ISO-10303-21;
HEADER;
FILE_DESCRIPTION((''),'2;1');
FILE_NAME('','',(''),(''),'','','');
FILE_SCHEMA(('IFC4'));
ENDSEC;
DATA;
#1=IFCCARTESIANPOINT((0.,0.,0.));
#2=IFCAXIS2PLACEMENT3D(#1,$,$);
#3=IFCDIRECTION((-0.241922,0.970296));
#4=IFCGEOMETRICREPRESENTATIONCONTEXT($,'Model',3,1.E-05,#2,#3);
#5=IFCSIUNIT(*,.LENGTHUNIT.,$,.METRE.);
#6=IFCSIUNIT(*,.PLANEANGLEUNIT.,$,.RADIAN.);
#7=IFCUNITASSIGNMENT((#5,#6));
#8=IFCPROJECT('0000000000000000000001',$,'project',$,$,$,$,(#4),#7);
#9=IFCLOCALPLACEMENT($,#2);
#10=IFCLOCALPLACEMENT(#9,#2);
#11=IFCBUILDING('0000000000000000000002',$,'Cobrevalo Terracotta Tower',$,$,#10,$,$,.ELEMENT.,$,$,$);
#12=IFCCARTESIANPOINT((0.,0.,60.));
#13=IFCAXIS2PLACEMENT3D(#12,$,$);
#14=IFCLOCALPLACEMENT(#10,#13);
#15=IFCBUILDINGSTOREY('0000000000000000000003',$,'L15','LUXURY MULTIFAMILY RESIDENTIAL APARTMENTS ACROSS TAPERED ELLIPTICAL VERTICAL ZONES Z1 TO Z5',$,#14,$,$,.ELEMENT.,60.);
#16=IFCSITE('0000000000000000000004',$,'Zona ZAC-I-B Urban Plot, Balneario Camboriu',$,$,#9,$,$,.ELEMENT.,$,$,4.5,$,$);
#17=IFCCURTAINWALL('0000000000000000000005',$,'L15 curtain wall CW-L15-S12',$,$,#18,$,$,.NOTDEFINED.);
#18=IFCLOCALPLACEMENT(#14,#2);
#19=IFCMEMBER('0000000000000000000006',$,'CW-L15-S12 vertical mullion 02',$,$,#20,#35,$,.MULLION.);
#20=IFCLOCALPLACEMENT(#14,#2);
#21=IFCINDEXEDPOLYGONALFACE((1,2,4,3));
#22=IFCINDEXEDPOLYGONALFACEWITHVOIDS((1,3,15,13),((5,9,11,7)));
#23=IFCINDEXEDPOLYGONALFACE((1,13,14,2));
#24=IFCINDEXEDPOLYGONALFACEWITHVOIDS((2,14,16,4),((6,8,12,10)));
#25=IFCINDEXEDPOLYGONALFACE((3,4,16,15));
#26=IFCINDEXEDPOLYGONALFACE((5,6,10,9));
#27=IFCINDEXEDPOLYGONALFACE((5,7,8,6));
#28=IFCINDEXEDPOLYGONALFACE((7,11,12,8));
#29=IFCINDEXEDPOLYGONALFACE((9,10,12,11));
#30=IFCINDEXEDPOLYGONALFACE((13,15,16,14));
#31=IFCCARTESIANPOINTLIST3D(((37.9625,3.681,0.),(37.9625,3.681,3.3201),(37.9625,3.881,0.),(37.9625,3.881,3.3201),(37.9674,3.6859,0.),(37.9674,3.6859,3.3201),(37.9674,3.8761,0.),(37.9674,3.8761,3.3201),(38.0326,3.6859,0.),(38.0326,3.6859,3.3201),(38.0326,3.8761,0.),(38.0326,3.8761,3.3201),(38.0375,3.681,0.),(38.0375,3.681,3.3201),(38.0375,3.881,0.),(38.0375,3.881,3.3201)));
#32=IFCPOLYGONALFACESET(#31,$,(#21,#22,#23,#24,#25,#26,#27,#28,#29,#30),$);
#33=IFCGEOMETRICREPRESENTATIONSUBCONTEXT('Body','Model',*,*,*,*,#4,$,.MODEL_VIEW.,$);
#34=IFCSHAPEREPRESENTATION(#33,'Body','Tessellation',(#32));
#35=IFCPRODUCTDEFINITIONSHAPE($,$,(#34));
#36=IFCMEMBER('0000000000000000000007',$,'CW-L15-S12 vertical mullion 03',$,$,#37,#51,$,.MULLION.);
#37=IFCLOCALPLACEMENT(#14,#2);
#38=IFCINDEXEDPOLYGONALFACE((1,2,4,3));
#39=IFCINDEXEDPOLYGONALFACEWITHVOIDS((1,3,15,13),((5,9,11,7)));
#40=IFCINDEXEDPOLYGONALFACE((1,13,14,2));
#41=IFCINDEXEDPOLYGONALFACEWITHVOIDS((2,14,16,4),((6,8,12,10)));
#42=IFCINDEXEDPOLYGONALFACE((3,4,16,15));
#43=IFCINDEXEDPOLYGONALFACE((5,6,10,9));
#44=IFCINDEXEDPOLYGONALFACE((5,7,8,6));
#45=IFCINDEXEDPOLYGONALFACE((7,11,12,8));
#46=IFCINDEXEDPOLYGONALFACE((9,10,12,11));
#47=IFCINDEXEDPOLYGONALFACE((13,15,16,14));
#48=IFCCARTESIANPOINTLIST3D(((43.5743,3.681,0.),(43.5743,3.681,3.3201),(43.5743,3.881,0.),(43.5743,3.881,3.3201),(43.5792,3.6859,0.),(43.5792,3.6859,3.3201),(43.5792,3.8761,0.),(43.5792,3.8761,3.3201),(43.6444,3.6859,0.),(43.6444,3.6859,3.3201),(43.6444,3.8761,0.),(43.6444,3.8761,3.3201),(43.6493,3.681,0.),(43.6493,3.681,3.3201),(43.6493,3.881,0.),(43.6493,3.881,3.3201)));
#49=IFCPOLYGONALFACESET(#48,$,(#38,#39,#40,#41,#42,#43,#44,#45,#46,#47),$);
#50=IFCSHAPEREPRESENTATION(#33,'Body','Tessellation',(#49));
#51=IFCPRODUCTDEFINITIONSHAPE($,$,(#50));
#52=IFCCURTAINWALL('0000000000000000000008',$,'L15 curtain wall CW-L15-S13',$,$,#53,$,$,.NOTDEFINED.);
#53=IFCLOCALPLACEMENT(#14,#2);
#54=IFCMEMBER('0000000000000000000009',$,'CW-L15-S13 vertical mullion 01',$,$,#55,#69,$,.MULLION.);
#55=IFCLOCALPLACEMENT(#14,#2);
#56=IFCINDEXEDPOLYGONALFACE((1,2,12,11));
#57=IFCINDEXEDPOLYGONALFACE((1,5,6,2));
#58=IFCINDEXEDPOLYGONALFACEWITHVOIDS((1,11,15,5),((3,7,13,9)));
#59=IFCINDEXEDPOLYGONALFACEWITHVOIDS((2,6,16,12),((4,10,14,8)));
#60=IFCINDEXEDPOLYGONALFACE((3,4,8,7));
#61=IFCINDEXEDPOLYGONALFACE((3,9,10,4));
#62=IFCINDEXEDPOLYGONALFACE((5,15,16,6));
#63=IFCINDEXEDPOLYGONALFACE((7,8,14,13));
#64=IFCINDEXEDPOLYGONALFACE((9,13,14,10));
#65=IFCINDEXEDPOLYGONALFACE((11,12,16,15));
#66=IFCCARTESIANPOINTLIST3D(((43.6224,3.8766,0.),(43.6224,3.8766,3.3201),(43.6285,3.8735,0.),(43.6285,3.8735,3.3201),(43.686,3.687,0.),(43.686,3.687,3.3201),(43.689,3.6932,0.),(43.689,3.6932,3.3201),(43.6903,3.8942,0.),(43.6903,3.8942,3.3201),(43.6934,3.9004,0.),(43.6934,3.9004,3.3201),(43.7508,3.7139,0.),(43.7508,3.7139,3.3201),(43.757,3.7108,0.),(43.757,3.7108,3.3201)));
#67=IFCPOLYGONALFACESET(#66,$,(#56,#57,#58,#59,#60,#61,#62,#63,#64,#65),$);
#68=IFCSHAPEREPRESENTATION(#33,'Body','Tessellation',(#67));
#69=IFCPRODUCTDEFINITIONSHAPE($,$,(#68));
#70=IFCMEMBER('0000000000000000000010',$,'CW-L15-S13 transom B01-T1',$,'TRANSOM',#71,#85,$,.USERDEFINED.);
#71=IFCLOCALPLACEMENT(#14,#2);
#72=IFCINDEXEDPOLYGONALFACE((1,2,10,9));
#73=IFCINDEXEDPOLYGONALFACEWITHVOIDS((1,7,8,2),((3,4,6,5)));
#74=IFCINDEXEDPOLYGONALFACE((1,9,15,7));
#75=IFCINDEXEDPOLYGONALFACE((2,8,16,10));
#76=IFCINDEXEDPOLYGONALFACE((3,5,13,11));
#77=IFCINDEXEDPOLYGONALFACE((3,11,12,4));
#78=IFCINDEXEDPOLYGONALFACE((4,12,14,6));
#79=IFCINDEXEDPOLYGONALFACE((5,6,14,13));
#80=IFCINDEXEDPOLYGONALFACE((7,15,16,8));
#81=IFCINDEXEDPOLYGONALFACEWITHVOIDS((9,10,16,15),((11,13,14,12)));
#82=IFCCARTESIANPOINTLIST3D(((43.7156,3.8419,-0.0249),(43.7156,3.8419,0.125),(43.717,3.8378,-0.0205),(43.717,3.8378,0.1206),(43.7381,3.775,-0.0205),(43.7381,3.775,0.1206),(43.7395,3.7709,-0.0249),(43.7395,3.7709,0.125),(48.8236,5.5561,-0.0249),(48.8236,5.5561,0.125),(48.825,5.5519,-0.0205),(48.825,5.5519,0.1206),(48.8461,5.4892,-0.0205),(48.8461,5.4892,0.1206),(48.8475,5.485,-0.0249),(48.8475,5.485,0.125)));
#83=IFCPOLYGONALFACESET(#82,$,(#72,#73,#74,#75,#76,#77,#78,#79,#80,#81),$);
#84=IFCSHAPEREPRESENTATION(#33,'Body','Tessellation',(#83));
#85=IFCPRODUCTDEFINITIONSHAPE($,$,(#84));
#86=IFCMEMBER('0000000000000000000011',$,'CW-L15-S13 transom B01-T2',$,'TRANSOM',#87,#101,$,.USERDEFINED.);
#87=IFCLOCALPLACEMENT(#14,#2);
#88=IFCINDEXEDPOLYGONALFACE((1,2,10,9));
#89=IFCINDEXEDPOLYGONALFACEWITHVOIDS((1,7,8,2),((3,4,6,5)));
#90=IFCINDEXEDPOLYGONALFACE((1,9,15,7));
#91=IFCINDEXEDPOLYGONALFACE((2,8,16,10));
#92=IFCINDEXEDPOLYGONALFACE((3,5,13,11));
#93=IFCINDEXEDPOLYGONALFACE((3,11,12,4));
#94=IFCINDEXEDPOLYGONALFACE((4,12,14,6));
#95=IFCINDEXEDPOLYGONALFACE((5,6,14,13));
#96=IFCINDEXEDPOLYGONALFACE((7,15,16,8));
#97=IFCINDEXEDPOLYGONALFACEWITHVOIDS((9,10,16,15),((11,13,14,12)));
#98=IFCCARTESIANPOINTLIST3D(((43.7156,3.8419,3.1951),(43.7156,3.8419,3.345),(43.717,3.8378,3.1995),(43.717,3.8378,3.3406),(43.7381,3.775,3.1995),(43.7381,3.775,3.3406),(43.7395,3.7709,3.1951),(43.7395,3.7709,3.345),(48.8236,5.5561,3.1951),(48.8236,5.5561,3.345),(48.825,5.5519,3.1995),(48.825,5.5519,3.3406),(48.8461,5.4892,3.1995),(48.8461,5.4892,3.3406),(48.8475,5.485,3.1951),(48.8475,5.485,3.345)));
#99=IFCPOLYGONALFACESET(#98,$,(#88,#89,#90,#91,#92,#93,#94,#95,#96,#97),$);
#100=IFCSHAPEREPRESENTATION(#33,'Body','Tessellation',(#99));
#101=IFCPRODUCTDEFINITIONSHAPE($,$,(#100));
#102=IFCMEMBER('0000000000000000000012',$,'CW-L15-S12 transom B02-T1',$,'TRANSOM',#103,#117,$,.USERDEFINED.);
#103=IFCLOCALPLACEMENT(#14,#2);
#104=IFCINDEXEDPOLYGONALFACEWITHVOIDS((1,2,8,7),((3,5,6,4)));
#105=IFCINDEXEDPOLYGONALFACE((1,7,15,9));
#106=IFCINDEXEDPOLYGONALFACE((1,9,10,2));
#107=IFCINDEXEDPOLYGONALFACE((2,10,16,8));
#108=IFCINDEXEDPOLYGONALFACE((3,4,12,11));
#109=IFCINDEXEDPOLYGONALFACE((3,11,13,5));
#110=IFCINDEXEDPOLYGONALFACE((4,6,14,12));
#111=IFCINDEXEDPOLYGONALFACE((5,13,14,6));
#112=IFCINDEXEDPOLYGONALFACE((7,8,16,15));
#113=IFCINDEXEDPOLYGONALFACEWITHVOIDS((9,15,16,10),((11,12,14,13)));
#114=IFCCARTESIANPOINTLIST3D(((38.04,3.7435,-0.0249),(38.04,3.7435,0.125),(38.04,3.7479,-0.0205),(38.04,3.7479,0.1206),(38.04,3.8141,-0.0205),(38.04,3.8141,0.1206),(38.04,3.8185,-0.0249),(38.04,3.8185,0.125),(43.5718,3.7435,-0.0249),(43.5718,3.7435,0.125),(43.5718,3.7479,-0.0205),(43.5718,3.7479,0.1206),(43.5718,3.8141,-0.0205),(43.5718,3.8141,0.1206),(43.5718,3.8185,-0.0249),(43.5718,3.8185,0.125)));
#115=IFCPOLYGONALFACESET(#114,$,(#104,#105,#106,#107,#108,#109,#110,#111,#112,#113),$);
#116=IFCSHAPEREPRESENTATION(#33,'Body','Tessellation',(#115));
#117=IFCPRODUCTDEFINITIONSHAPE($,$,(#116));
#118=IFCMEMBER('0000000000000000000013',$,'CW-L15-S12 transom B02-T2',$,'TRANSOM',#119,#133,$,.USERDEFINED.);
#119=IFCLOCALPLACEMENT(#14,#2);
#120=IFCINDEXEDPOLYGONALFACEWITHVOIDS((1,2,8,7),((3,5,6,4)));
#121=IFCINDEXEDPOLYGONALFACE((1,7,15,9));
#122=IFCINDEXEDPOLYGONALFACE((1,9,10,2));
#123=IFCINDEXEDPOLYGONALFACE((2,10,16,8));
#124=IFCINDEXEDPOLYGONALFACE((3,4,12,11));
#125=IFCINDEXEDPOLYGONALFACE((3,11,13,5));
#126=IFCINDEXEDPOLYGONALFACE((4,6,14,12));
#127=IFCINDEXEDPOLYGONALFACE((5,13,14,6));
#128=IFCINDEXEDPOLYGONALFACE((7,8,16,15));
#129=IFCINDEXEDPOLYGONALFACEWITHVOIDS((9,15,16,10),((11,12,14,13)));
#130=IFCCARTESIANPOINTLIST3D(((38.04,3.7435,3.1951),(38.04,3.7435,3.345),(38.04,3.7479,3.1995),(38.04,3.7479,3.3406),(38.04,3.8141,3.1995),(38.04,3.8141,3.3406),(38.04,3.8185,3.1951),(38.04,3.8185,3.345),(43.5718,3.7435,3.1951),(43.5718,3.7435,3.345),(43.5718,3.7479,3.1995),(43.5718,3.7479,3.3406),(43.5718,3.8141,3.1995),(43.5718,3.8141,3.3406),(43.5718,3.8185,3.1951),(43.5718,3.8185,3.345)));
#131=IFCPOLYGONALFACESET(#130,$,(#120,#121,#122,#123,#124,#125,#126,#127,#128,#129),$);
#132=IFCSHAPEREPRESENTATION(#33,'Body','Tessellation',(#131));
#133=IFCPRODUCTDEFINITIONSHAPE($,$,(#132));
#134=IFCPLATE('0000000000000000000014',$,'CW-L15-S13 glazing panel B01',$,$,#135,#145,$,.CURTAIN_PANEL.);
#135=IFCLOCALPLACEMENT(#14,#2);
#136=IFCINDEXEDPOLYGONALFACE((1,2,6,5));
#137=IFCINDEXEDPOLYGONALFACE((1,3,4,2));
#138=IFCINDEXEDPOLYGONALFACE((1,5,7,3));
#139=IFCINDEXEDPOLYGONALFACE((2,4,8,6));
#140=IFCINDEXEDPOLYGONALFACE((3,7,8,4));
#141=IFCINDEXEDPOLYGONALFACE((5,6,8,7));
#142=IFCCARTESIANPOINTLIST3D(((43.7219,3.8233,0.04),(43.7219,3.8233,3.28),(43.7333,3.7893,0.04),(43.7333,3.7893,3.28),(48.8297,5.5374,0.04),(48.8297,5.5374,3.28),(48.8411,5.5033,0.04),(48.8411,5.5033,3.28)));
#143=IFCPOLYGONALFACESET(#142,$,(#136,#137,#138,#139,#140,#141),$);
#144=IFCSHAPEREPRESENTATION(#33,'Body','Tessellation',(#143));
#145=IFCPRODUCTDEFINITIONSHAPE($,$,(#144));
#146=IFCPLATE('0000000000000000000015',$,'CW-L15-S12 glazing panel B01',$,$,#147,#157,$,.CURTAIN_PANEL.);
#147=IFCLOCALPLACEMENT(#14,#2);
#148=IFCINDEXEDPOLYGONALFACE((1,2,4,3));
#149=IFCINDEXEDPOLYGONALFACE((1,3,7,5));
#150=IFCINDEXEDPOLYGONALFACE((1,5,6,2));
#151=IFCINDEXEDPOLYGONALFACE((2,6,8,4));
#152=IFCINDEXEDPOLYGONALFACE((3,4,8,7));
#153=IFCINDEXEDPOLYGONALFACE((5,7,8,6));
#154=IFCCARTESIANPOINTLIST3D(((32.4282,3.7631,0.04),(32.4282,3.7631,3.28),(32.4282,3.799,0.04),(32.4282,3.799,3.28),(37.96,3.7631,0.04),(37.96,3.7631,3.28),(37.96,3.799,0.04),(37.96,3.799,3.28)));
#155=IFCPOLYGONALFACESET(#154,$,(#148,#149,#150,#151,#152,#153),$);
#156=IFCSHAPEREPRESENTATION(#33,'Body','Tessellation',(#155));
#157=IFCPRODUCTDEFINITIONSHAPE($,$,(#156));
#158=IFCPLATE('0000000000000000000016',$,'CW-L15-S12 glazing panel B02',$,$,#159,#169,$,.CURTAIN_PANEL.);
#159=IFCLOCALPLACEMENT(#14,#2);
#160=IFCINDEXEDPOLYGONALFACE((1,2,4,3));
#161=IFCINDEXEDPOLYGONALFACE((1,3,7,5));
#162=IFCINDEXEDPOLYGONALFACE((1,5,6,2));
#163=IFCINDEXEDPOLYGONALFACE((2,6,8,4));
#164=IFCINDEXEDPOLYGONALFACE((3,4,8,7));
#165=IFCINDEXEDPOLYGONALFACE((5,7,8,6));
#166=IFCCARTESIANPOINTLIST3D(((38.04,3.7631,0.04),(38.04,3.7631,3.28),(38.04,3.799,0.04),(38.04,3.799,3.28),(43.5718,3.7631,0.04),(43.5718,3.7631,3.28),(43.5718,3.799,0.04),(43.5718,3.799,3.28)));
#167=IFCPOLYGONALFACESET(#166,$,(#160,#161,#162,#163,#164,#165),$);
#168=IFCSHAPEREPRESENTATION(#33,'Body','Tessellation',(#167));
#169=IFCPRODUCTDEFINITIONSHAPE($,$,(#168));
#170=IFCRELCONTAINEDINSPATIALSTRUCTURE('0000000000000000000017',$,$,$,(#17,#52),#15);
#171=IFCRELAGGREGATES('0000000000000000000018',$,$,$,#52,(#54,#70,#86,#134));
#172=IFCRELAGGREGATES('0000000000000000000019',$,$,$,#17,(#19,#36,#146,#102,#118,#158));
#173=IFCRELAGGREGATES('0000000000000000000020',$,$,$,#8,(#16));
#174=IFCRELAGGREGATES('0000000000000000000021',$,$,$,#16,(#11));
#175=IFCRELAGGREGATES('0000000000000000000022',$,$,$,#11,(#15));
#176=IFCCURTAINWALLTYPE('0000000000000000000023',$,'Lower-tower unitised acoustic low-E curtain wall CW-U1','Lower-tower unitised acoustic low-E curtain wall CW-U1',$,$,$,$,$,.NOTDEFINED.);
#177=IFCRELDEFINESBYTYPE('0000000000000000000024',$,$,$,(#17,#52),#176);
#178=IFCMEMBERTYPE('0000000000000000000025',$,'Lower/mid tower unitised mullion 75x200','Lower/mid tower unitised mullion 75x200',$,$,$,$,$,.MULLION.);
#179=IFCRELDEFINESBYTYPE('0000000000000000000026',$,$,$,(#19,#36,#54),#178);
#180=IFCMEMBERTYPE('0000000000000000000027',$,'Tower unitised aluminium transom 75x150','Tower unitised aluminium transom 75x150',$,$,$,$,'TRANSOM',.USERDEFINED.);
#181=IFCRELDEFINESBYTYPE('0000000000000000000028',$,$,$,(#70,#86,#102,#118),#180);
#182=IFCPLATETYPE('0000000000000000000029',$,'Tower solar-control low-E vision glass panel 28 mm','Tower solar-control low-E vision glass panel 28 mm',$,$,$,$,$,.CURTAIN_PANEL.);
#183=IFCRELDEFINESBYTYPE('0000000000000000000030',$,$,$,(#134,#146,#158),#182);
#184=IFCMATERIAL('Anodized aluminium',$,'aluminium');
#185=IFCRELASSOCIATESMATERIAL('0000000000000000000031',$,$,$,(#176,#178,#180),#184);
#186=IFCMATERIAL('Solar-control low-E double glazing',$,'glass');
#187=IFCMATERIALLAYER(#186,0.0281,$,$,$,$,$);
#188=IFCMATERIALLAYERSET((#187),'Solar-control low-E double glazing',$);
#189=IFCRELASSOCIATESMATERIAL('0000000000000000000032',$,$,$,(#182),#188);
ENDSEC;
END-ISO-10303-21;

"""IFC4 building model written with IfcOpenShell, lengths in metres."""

from ifc_helpers import new_model, si_unit, direction, frame, origin, origin_2d, place, context, subcontext, project, spatial, rectangle, hollow_rectangle, extrude, source, transform, mapped, material, layer, layer_set, material_profile, profile_set, type_object, element, aggregate, save


model = new_model("IFC4")

# Units and contexts
model_context = context("Model", 3, precision=1e-05, world=origin(), true_north=direction((-0.241922, 0.970296)))
body_context = subcontext(model_context, "Body", "Model", "MODEL_VIEW")
ifc_project = project(units=[si_unit("LENGTHUNIT", "METRE"), si_unit("PLANEANGLEUNIT", "RADIAN")], contexts=[model_context])

# Site, building, storey
site_placement = place(None, origin())
site = spatial("IfcSite", under=ifc_project, at=site_placement, Name="Zona ZAC-I-B Urban Plot, Balneario Camboriu", CompositionType="ELEMENT", RefElevation=4.5)
building_placement = place(site_placement, origin())
building = spatial("IfcBuilding", under=site, at=building_placement, Name="Cobrevalo Terracotta Tower", CompositionType="ELEMENT")
storey_placement = place(building_placement, frame((0.0, 0.0, 60.0)))
storey = spatial("IfcBuildingStorey", under=building, at=storey_placement, Name="L15", Description="LUXURY MULTIFAMILY RESIDENTIAL APARTMENTS ACROSS TAPERED ELLIPTICAL VERTICAL ZONES Z1 TO Z5", CompositionType="ELEMENT", Elevation=60.0)

# Curtain walls, members
ifc_material_1 = material(Name="Anodized aluminium", Category="aluminium")
curtain_wall_type = type_object("IfcCurtainWallType", Name="Lower-tower unitised acoustic low-E curtain wall CW-U1", Description="Lower-tower unitised acoustic low-E curtain wall CW-U1", PredefinedType="NOTDEFINED", material=ifc_material_1)
curtain_wall_1_placement = place(storey_placement, origin())
curtain_wall_1 = element("IfcCurtainWall", 1, at=curtain_wall_1_placement, inside=storey, type_object=curtain_wall_type, Name="L15 curtain wall CW-L15-S12", PredefinedType="NOTDEFINED")
ifc_material_profile_1 = material_profile(ifc_material_1, hollow_rectangle(XDim=0.075, YDim=0.2, WallThickness=0.0049, at=origin_2d()), Name="CWM 75x200")
ifc_profile_set_1 = profile_set([ifc_material_profile_1], Name="Anodized aluminium")
member_type_1 = type_object("IfcMemberType", Name="Lower/mid tower unitised mullion 75x200", Description="Lower/mid tower unitised mullion 75x200", PredefinedType="MULLION", material=ifc_profile_set_1)
shared_shape_1 = source(origin(), body_context, "Body", "SweptSolid", [
    extrude(hollow_rectangle(XDim=0.075, YDim=0.2, WallThickness=0.0049, at=origin_2d()), origin(), (0.0, 0.0, 1.0), 3.3201),
])
member_1_placement = place(storey_placement, frame((38.0, 3.781, 0.0), z_axis=(0.0, 0.0, 1.0), x_axis=(1.0, 0.0, 0.0)))
member_1 = element("IfcMember", 2, at=member_1_placement, type_object=member_type_1, Name="CW-L15-S12 vertical mullion 02", PredefinedType="MULLION", context=body_context, shape_type="MappedRepresentation", body=[
    mapped(shared_shape_1, transform((0.0, 0.0, 0.0), scale=1.0)),
])
member_2_placement = place(storey_placement, frame((43.6118, 3.781, 0.0), z_axis=(0.0, 0.0, 1.0), x_axis=(1.0, 0.0, 0.0)))
member_2 = element("IfcMember", 3, at=member_2_placement, type_object=member_type_1, Name="CW-L15-S12 vertical mullion 03", PredefinedType="MULLION", context=body_context, shape_type="MappedRepresentation", body=[
    mapped(shared_shape_1, transform((0.0, 0.0, 0.0), scale=1.0)),
])
curtain_wall_2_placement = place(storey_placement, origin())
curtain_wall_2 = element("IfcCurtainWall", 4, at=curtain_wall_2_placement, inside=storey, type_object=curtain_wall_type, Name="L15 curtain wall CW-L15-S13", PredefinedType="NOTDEFINED")
member_3_placement = place(storey_placement, frame((43.6897, 3.7937, 0.0), z_axis=(0.0, 0.0, 1.0), x_axis=(0.948046, 0.318132, 0.0)))
member_3 = element("IfcMember", 5, at=member_3_placement, type_object=member_type_1, Name="CW-L15-S13 vertical mullion 01", PredefinedType="MULLION", context=body_context, shape_type="MappedRepresentation", body=[
    mapped(shared_shape_1, transform((0.0, 0.0, 0.0), scale=1.0)),
])
ifc_material_profile_2 = material_profile(ifc_material_1, hollow_rectangle(XDim=0.075, YDim=0.1499, WallThickness=0.0044, at=origin_2d()), Name="CWT 75x150")
ifc_profile_set_2 = profile_set([ifc_material_profile_2], Name="Anodized aluminium")
member_type_2 = type_object("IfcMemberType", Name="Tower unitised aluminium transom 75x150", Description="Tower unitised aluminium transom 75x150", ElementType="TRANSOM", PredefinedType="USERDEFINED", material=ifc_profile_set_2)
shared_shape_2 = source(origin(), body_context, "Body", "SweptSolid", [
    extrude(hollow_rectangle(XDim=0.075, YDim=0.1499, WallThickness=0.0044, at=origin_2d()), origin(), (0.0, 0.0, 1.0), 5.3879),
])
member_4_placement = place(storey_placement, frame((43.7275, 3.8064, 0.05), z_axis=(0.948042, 0.318144, 0.0), x_axis=(-0.318144, 0.948042, 0.0)))
member_4 = element("IfcMember", 6, at=member_4_placement, type_object=member_type_2, Name="CW-L15-S13 transom B01-T1", ObjectType="TRANSOM", PredefinedType="USERDEFINED", context=body_context, shape_type="MappedRepresentation", body=[
    mapped(shared_shape_2, transform((0.0, 0.0, 0.0), scale=1.0)),
])
member_5_placement = place(storey_placement, frame((43.7275, 3.8064, 3.27), z_axis=(0.948042, 0.318144, 0.0), x_axis=(-0.318144, 0.948042, 0.0)))
member_5 = element("IfcMember", 7, at=member_5_placement, type_object=member_type_2, Name="CW-L15-S13 transom B01-T2", ObjectType="TRANSOM", PredefinedType="USERDEFINED", context=body_context, shape_type="MappedRepresentation", body=[
    mapped(shared_shape_2, transform((0.0, 0.0, 0.0), scale=1.0)),
])

# Members
shared_shape_3 = source(origin(), body_context, "Body", "SweptSolid", [
    extrude(hollow_rectangle(XDim=0.075, YDim=0.1499, WallThickness=0.0044, at=origin_2d()), origin(), (0.0, 0.0, 1.0), 5.5317),
])
member_6_placement = place(storey_placement, frame((38.04, 3.781, 0.05), z_axis=(1.0, 0.0, 0.0), x_axis=(0.0, 1.0, 0.0)))
member_6 = element("IfcMember", 8, at=member_6_placement, type_object=member_type_2, Name="CW-L15-S12 transom B02-T1", ObjectType="TRANSOM", PredefinedType="USERDEFINED", context=body_context, shape_type="MappedRepresentation", body=[
    mapped(shared_shape_3, transform((0.0, 0.0, 0.0), scale=1.0)),
])
member_7_placement = place(storey_placement, frame((38.04, 3.781, 3.27), z_axis=(1.0, 0.0, 0.0), x_axis=(0.0, 1.0, 0.0)))
member_7 = element("IfcMember", 9, at=member_7_placement, type_object=member_type_2, Name="CW-L15-S12 transom B02-T2", ObjectType="TRANSOM", PredefinedType="USERDEFINED", context=body_context, shape_type="MappedRepresentation", body=[
    mapped(shared_shape_3, transform((0.0, 0.0, 0.0), scale=1.0)),
])

# Plates
ifc_material_2 = material(Name="Solar-control low-E double glazing", Category="glass")
ifc_layer_1 = layer(ifc_material_2, 0.0281)
ifc_layer_set_1 = layer_set([ifc_layer_1], Name="Solar-control low-E double glazing")
plate_type = type_object("IfcPlateType", Name="Tower solar-control low-E vision glass panel 28 mm", Description="Tower solar-control low-E vision glass panel 28 mm", PredefinedType="CURTAIN_PANEL", material=ifc_layer_set_1)
shared_shape_4 = source(origin(), body_context, "Body", "SweptSolid", [
    extrude(rectangle(XDim=5.3877, YDim=0.0359, at=origin_2d()), origin(), (0.0, 0.0, 1.0), 3.24),
])
plate_1_placement = place(storey_placement, frame((46.2815, 4.6633, 0.04), z_axis=(0.0, 0.0, 1.0), x_axis=(0.948044, 0.318139, 0.0)))
plate_1 = element("IfcPlate", 10, at=plate_1_placement, type_object=plate_type, Name="CW-L15-S13 glazing panel B01", PredefinedType="CURTAIN_PANEL", context=body_context, shape_type="MappedRepresentation", body=[
    mapped(shared_shape_4, transform((0.0, 0.0, 0.0), scale=1.0)),
])
aggregate(curtain_wall_2, [member_3, member_4, member_5, plate_1])
shared_shape_5 = source(origin(), body_context, "Body", "SweptSolid", [
    extrude(rectangle(XDim=5.5317, YDim=0.0359, at=origin_2d()), origin(), (0.0, 0.0, 1.0), 3.24),
])
plate_2_placement = place(storey_placement, frame((35.1941, 3.781, 0.04), z_axis=(0.0, 0.0, 1.0), x_axis=(1.0, 0.0, 0.0)))
plate_2 = element("IfcPlate", 11, at=plate_2_placement, type_object=plate_type, Name="CW-L15-S12 glazing panel B01", PredefinedType="CURTAIN_PANEL", context=body_context, shape_type="MappedRepresentation", body=[
    mapped(shared_shape_5, transform((0.0, 0.0, 0.0), scale=1.0)),
])
plate_3_placement = place(storey_placement, frame((40.8059, 3.781, 0.04), z_axis=(0.0, 0.0, 1.0), x_axis=(1.0, 0.0, 0.0)))
plate_3 = element("IfcPlate", 12, at=plate_3_placement, type_object=plate_type, Name="CW-L15-S12 glazing panel B02", PredefinedType="CURTAIN_PANEL", context=body_context, shape_type="MappedRepresentation", body=[
    mapped(shared_shape_5, transform((0.0, 0.0, 0.0), scale=1.0)),
])
aggregate(curtain_wall_1, [member_1, member_2, plate_2, member_6, member_7, plate_3])

save(model, "model.ifc")
